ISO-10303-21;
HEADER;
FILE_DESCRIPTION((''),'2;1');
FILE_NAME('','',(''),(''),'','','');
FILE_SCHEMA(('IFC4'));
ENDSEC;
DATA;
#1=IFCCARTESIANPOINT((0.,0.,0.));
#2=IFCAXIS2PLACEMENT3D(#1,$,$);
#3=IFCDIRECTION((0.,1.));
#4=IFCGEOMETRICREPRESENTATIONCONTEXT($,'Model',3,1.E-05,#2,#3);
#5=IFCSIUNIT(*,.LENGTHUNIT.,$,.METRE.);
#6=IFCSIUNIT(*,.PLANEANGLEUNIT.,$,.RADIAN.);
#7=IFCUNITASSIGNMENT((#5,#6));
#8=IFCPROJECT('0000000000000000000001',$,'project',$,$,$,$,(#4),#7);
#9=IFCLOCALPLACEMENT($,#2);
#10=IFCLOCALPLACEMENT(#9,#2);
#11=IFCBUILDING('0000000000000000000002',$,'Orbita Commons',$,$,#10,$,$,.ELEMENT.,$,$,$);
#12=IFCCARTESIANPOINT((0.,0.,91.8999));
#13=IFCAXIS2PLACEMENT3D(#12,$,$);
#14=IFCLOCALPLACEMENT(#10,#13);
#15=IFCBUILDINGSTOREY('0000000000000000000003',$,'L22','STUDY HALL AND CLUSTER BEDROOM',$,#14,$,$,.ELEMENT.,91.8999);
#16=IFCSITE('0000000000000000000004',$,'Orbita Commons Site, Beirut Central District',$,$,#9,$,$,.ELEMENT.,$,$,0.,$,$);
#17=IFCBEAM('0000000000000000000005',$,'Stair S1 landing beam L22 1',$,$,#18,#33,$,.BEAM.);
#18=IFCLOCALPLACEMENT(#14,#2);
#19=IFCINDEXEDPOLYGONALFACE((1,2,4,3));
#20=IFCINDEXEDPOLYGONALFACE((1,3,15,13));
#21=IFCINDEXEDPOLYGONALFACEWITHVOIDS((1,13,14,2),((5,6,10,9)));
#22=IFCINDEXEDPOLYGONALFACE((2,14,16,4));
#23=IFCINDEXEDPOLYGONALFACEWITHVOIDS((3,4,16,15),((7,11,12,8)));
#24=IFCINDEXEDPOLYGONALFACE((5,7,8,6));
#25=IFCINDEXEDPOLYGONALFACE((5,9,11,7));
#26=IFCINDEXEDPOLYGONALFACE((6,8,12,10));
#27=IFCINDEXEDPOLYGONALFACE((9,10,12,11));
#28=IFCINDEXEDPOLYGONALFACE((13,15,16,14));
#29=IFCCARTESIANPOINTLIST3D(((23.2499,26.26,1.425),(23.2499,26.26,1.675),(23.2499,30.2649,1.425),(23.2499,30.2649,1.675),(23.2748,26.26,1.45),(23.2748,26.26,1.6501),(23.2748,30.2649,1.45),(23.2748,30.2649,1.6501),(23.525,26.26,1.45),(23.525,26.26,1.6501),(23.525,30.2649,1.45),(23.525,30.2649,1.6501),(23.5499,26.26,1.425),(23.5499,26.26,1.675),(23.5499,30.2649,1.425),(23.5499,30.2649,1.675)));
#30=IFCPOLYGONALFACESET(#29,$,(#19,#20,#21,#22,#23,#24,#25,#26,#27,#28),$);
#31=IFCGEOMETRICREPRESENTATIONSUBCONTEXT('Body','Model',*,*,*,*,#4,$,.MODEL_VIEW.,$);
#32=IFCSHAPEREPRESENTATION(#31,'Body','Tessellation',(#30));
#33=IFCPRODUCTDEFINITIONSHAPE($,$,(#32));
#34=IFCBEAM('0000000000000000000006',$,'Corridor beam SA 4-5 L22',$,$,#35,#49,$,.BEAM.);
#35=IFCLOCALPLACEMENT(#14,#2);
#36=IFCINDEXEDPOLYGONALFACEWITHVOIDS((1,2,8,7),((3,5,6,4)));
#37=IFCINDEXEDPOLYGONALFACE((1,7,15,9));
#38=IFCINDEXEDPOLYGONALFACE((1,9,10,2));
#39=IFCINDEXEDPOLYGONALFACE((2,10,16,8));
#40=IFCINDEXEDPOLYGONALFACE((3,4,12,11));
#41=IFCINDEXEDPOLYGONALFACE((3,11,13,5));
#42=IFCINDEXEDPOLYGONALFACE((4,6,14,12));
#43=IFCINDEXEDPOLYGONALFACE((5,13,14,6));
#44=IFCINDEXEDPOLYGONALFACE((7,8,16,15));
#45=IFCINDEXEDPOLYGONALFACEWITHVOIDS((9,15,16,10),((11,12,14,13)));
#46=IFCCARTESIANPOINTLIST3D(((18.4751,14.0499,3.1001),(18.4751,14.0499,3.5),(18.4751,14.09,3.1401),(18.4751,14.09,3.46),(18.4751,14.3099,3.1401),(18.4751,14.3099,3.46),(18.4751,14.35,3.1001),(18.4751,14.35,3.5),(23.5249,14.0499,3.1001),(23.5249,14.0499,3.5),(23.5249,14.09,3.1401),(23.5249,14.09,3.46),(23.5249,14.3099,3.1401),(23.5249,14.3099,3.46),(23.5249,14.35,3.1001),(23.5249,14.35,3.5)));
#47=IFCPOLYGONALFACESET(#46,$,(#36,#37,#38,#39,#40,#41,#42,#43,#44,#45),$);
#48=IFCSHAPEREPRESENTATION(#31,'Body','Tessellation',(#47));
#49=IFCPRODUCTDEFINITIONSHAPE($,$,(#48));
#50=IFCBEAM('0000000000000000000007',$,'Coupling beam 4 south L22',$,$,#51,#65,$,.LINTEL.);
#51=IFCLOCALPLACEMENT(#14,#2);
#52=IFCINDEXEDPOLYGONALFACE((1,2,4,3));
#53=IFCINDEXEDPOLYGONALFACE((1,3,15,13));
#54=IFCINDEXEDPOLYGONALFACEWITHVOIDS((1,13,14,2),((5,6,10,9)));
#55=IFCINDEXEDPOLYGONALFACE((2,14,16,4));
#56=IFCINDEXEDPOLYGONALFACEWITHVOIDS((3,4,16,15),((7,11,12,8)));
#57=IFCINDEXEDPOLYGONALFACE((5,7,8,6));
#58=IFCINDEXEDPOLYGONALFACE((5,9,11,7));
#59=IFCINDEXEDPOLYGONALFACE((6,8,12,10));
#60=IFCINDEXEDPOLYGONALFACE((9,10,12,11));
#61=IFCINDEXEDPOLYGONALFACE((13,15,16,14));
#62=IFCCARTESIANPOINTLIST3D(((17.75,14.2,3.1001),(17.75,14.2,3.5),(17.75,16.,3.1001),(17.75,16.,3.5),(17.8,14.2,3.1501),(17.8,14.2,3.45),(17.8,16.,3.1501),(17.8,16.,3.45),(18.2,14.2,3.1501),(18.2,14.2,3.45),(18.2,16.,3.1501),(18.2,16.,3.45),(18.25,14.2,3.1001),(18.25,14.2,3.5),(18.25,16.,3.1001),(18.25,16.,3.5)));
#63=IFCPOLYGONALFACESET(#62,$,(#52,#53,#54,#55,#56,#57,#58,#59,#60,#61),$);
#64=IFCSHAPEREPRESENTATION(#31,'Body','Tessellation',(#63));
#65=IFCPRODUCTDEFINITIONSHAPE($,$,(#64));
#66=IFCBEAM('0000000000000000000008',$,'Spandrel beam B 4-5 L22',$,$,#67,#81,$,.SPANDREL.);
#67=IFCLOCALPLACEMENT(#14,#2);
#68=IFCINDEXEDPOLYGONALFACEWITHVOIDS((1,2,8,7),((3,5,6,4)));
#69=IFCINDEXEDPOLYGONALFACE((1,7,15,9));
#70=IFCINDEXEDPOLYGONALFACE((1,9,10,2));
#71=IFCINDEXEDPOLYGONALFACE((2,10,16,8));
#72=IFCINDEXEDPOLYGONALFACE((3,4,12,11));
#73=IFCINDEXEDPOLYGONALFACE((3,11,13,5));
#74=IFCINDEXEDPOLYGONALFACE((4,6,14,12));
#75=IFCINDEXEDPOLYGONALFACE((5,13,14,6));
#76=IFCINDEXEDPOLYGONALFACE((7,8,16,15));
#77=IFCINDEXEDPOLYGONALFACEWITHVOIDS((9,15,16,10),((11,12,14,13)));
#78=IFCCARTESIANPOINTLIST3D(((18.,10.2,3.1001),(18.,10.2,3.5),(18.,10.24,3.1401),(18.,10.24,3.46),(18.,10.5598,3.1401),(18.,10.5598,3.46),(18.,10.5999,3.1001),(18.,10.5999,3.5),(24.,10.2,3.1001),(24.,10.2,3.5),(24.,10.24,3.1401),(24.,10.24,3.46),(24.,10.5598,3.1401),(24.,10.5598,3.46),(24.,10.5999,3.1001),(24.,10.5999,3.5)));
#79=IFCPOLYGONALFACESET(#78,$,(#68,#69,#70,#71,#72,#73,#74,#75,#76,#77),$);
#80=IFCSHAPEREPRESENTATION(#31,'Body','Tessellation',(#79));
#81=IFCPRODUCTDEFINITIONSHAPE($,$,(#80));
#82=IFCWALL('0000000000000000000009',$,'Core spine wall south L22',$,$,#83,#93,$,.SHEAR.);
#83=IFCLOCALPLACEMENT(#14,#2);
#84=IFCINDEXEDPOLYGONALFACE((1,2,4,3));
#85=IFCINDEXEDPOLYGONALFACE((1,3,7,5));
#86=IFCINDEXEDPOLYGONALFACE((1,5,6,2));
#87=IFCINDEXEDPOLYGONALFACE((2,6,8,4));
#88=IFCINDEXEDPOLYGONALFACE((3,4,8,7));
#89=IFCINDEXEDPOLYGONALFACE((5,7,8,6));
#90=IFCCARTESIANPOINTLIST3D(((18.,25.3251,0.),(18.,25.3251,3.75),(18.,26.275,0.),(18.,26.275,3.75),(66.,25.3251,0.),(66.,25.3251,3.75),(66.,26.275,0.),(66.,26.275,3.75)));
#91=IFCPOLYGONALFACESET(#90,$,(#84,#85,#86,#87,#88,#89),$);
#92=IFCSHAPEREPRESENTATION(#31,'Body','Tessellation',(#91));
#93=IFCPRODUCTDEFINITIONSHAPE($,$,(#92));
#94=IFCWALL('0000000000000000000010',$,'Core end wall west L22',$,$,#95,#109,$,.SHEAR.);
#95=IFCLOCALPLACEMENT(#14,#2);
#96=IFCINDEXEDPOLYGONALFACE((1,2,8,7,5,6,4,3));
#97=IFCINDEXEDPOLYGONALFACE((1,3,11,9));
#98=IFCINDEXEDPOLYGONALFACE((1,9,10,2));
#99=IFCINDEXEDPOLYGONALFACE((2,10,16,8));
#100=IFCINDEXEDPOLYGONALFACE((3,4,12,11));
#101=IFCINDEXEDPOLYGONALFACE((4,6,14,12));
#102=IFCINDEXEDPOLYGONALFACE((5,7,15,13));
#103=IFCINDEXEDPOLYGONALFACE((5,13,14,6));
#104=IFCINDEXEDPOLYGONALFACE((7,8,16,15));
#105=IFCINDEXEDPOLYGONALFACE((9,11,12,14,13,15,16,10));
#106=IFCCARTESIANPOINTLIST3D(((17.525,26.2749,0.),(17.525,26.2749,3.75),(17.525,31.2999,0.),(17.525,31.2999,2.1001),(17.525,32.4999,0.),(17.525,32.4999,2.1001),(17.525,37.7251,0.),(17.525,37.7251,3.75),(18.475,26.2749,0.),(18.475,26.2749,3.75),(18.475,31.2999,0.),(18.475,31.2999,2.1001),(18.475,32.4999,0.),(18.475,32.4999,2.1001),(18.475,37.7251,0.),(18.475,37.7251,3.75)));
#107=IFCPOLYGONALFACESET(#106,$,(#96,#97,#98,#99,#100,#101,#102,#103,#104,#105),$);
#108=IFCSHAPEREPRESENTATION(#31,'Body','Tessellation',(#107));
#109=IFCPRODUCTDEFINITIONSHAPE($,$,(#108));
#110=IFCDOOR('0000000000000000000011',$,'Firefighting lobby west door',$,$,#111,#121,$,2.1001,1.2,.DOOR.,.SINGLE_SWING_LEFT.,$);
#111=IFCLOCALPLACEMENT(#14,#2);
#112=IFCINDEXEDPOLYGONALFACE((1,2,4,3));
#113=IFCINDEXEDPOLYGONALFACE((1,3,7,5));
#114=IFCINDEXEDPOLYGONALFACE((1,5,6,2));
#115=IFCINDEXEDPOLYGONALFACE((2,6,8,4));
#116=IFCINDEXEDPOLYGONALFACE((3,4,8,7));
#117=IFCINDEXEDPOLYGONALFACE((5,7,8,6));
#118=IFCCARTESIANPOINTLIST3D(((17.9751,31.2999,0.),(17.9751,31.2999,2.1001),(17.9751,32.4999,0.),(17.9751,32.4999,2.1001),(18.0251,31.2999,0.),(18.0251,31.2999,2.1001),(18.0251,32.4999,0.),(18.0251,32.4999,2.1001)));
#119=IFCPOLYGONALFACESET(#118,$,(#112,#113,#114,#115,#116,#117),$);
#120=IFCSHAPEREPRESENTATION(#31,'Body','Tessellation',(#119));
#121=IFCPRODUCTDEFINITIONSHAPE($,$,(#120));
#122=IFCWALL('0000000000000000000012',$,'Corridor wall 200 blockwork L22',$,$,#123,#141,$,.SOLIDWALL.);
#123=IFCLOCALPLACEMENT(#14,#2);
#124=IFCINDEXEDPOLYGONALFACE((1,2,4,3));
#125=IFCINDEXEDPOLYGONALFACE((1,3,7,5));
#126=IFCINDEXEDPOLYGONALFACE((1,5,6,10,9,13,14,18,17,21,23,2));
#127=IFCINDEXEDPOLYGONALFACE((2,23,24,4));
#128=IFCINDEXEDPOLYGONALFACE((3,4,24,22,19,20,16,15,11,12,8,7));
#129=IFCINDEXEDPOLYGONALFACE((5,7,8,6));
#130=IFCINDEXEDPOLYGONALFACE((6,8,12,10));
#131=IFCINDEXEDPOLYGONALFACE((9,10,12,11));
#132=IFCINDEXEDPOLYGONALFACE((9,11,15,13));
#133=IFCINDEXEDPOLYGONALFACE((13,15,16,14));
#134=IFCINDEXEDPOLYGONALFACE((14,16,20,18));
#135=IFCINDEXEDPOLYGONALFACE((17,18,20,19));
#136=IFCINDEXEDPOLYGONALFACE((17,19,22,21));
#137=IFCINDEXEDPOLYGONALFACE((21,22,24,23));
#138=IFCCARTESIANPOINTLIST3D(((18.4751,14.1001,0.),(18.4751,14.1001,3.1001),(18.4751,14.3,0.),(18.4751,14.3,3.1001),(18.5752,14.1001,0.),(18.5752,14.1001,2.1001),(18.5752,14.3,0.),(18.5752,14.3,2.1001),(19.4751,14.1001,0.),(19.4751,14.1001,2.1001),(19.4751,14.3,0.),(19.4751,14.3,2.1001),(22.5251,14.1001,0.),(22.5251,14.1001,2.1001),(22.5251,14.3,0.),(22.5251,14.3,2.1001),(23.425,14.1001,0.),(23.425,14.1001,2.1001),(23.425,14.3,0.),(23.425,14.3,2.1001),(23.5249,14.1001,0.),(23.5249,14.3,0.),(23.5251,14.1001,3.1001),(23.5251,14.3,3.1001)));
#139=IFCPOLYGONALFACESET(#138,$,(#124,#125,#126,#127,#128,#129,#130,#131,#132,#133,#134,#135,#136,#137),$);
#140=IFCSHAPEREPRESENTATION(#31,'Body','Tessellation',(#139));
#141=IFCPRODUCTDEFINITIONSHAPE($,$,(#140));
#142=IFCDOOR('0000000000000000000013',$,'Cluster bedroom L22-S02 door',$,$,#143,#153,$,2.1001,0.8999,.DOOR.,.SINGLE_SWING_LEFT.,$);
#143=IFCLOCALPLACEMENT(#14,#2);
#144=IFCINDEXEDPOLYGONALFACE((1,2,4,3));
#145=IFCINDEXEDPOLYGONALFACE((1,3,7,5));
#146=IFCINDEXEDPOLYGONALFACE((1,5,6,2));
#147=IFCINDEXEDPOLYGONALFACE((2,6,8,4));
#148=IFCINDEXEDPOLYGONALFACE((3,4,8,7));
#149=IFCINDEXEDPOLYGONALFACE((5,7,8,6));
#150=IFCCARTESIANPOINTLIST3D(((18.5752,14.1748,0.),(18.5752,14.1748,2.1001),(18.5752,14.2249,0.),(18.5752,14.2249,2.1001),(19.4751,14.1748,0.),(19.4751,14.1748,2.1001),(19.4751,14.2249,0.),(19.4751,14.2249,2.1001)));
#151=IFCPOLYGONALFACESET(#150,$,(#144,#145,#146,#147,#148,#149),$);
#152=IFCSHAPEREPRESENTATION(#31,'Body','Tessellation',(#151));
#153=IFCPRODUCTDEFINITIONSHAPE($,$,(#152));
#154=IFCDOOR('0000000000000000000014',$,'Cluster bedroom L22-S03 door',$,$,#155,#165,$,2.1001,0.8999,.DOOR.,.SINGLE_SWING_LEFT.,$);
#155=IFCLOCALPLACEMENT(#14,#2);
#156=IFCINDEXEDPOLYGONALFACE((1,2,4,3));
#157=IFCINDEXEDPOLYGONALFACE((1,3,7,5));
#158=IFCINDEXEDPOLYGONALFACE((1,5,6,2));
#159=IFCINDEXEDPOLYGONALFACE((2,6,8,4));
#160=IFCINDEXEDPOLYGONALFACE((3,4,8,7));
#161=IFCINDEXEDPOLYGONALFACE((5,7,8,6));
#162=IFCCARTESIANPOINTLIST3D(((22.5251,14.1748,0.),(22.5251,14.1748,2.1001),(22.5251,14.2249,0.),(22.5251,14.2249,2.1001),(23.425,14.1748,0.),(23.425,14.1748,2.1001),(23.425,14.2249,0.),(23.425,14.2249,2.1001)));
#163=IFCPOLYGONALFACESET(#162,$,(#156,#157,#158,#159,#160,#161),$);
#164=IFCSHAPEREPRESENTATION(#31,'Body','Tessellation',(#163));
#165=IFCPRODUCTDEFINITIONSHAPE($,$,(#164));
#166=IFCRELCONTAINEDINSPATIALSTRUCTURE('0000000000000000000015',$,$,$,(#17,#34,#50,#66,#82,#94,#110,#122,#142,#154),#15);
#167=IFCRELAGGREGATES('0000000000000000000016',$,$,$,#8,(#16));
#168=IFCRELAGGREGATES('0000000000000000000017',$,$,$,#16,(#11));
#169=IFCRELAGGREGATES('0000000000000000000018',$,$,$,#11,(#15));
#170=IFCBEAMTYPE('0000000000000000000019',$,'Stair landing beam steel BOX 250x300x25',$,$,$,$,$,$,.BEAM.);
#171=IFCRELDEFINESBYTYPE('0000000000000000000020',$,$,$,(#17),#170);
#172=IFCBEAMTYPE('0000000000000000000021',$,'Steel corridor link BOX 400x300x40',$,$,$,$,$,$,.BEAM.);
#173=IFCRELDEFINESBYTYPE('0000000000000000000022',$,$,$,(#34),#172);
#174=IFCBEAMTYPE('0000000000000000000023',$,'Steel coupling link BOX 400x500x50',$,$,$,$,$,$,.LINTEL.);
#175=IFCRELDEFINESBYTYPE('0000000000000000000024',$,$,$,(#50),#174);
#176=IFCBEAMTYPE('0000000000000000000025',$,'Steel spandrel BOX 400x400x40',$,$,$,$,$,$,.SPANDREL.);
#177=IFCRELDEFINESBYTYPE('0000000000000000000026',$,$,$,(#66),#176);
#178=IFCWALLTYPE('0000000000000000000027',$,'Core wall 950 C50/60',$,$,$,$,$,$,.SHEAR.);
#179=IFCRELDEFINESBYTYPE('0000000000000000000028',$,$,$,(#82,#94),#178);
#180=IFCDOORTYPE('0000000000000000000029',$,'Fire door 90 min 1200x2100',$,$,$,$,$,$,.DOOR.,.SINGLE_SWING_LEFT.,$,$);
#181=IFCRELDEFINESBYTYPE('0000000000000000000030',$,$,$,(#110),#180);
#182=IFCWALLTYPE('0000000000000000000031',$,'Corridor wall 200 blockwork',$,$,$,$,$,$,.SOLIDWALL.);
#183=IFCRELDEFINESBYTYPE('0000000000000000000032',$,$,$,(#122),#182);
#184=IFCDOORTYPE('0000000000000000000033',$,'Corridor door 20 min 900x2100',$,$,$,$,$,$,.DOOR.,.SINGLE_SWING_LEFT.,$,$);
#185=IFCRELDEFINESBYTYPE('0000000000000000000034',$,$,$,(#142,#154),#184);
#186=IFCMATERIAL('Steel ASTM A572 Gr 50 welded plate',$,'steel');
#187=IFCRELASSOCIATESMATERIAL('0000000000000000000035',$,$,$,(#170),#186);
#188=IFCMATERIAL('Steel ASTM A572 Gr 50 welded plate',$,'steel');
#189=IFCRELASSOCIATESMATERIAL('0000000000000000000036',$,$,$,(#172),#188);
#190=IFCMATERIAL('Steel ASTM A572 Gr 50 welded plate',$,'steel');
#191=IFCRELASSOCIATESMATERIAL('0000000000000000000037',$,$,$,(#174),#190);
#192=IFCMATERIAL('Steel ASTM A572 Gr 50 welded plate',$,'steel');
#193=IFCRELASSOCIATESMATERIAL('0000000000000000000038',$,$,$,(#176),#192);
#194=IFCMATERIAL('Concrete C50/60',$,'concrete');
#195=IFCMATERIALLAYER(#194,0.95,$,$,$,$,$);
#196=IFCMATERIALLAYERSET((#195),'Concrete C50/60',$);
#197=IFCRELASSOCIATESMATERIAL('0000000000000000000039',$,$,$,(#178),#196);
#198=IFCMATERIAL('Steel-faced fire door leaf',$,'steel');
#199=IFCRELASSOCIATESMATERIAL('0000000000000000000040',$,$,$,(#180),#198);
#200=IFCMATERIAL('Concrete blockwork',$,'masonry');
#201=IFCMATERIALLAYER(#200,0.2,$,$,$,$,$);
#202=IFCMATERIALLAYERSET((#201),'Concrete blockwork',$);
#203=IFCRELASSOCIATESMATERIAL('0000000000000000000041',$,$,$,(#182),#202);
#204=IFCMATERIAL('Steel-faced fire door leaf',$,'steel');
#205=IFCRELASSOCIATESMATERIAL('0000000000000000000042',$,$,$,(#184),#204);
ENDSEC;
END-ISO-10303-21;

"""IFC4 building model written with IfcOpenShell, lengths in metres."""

from ifc_helpers import new_model, si_unit, direction, frame, frame_2d, origin, origin_2d, place, context, subcontext, project, spatial, polyline, rectangle, hollow_rectangle, outline, extrude, material, layer, layer_set, material_profile, profile_set, type_object, element, fill, save


model = new_model("IFC4")

# Units and contexts
model_context = context("Model", 3, precision=1e-05, world=origin(), true_north=direction((0.0, 1.0)))
body_context = subcontext(model_context, "Body", "Model", "MODEL_VIEW")
ifc_project = project(units=[si_unit("LENGTHUNIT", "METRE"), si_unit("PLANEANGLEUNIT", "RADIAN")], contexts=[model_context])

# Site, building, storey
site_placement = place(None, origin())
site = spatial("IfcSite", under=ifc_project, at=site_placement, Name="Orbita Commons Site, Beirut Central District", CompositionType="ELEMENT", RefElevation=0.0)
building_placement = place(site_placement, origin())
building = spatial("IfcBuilding", under=site, at=building_placement, Name="Orbita Commons", CompositionType="ELEMENT")
storey_placement = place(building_placement, frame((0.0, 0.0, 91.8999)))
storey = spatial("IfcBuildingStorey", under=building, at=storey_placement, Name="L22", Description="STUDY HALL AND CLUSTER BEDROOM", CompositionType="ELEMENT", Elevation=91.8999)

# Beams
ifc_material_1 = material(Name="Steel ASTM A572 Gr 50 welded plate", Category="steel")
ifc_material_profile_1 = material_profile(ifc_material_1, hollow_rectangle(XDim=0.3, YDim=0.25, WallThickness=0.0249, at=origin_2d()), Name="BOX 250x300x25")
ifc_profile_set_1 = profile_set([ifc_material_profile_1], Name="Steel ASTM A572 Gr 50 welded plate")
beam_type_1 = type_object("IfcBeamType", Name="Stair landing beam steel BOX 250x300x25", PredefinedType="BEAM", material=ifc_profile_set_1)
beam_1_placement = place(storey_placement, frame((23.3999, 26.26, 1.55), z_axis=(0.0, 1.0, 0.0), x_axis=(-1.0, 0.0, 0.0)))
element("IfcBeam", 1, at=beam_1_placement, inside=storey, type_object=beam_type_1, Name="Stair S1 landing beam L22 1", PredefinedType="BEAM", context=body_context, shape_type="SweptSolid", body=[
    extrude(hollow_rectangle(XDim=0.3, YDim=0.25, WallThickness=0.0249, at=origin_2d()), origin(), (0.0, 0.0, 1.0), 4.0049),
])
ifc_material_2 = material(Name="Steel ASTM A572 Gr 50 welded plate", Category="steel")
ifc_material_profile_2 = material_profile(ifc_material_2, hollow_rectangle(XDim=0.3, YDim=0.3999, WallThickness=0.04, at=origin_2d()), Name="BOX 400x300x40")
ifc_profile_set_2 = profile_set([ifc_material_profile_2], Name="Steel ASTM A572 Gr 50 welded plate")
beam_type_2 = type_object("IfcBeamType", Name="Steel corridor link BOX 400x300x40", PredefinedType="BEAM", material=ifc_profile_set_2)
beam_2_placement = place(storey_placement, frame((18.4751, 14.2, 3.3), z_axis=(1.0, 0.0, 0.0), x_axis=(0.0, 1.0, 0.0)))
element("IfcBeam", 2, at=beam_2_placement, inside=storey, type_object=beam_type_2, Name="Corridor beam SA 4-5 L22", PredefinedType="BEAM", context=body_context, shape_type="SweptSolid", body=[
    extrude(hollow_rectangle(XDim=0.3, YDim=0.3999, WallThickness=0.04, at=origin_2d()), origin(), (0.0, 0.0, 1.0), 5.0498),
])
ifc_material_3 = material(Name="Steel ASTM A572 Gr 50 welded plate", Category="steel")
ifc_material_profile_3 = material_profile(ifc_material_3, hollow_rectangle(XDim=0.5, YDim=0.3999, WallThickness=0.05, at=origin_2d()), Name="BOX 400x500x50")
ifc_profile_set_3 = profile_set([ifc_material_profile_3], Name="Steel ASTM A572 Gr 50 welded plate")
beam_type_3 = type_object("IfcBeamType", Name="Steel coupling link BOX 400x500x50", PredefinedType="LINTEL", material=ifc_profile_set_3)
beam_3_placement = place(storey_placement, frame((18.0, 14.2, 3.3), z_axis=(0.0, 1.0, 0.0), x_axis=(-1.0, 0.0, 0.0)))
element("IfcBeam", 3, at=beam_3_placement, inside=storey, type_object=beam_type_3, Name="Coupling beam 4 south L22", PredefinedType="LINTEL", context=body_context, shape_type="SweptSolid", body=[
    extrude(hollow_rectangle(XDim=0.5, YDim=0.3999, WallThickness=0.05, at=origin_2d()), origin(), (0.0, 0.0, 1.0), 1.8),
])
ifc_material_4 = material(Name="Steel ASTM A572 Gr 50 welded plate", Category="steel")
ifc_material_profile_4 = material_profile(ifc_material_4, hollow_rectangle(XDim=0.3999, YDim=0.3999, WallThickness=0.04, at=origin_2d()), Name="BOX 400x400x40")
ifc_profile_set_4 = profile_set([ifc_material_profile_4], Name="Steel ASTM A572 Gr 50 welded plate")
beam_type_4 = type_object("IfcBeamType", Name="Steel spandrel BOX 400x400x40", PredefinedType="SPANDREL", material=ifc_profile_set_4)
beam_4_placement = place(storey_placement, frame((18.0, 10.3999, 3.3), z_axis=(1.0, 0.0, 0.0), x_axis=(0.0, 1.0, 0.0)))
element("IfcBeam", 4, at=beam_4_placement, inside=storey, type_object=beam_type_4, Name="Spandrel beam B 4-5 L22", PredefinedType="SPANDREL", context=body_context, shape_type="SweptSolid", body=[
    extrude(hollow_rectangle(XDim=0.3999, YDim=0.3999, WallThickness=0.04, at=origin_2d()), origin(), (0.0, 0.0, 1.0), 6.0),
])

# Wall
ifc_material_5 = material(Name="Concrete C50/60", Category="concrete")
ifc_layer_1 = layer(ifc_material_5, 0.95)
ifc_layer_set_1 = layer_set([ifc_layer_1], Name="Concrete C50/60")
wall_type_1 = type_object("IfcWallType", Name="Core wall 950 C50/60", PredefinedType="SHEAR", material=ifc_layer_set_1)
wall_1_placement = place(storey_placement, frame((18.0, 25.8, 0.0), z_axis=(0.0, 0.0, 1.0), x_axis=(1.0, 0.0, 0.0)))
element("IfcWall", 5, at=wall_1_placement, inside=storey, type_object=wall_type_1, Name="Core spine wall south L22", PredefinedType="SHEAR", context=body_context, shape_type="SweptSolid", body=[
    extrude(rectangle(XDim=48.0, YDim=0.95, at=frame_2d((24.0, 0.0))), origin(), (0.0, 0.0, 1.0), 3.75),
])

# Wall, opening, door
wall_2_placement = place(storey_placement, frame((18.0, 26.2749, 0.0), z_axis=(0.0, 0.0, 1.0), x_axis=(0.0, 1.0, 0.0)))
wall_2 = element("IfcWall", 6, at=wall_2_placement, inside=storey, type_object=wall_type_1, Name="Core end wall west L22", PredefinedType="SHEAR", context=body_context, shape_type="SweptSolid", body=[
    extrude(rectangle(XDim=11.4502, YDim=0.95, at=frame_2d((5.7251, 0.0))), origin(), (0.0, 0.0, 1.0), 3.75),
])
opening_1_placement = place(wall_2_placement, frame((5.0249, 0.0, 0.0)))
opening_1 = element("IfcOpeningElement", 7, at=opening_1_placement, cuts=wall_2, PredefinedType="OPENING", context=body_context, shape_type="SweptSolid", body=[
    extrude(rectangle(XDim=1.2, YDim=2.1001, at=frame_2d((0.6001, 1.05))), frame((0.0, 0.4849, 0.0), z_axis=(0.0, -1.0, 0.0), x_axis=(1.0, 0.0, 0.0)), (0.0, 0.0, 1.0), 0.97),
])
ifc_material_6 = material(Name="Steel-faced fire door leaf", Category="steel")
door_type_1 = type_object("IfcDoorType", Name="Fire door 90 min 1200x2100", OperationType="SINGLE_SWING_LEFT", PredefinedType="DOOR", material=ifc_material_6)
door_1_placement = place(opening_1_placement, origin())
door_1 = element("IfcDoor", 8, at=door_1_placement, inside=storey, type_object=door_type_1, Name="Firefighting lobby west door", OperationType="SINGLE_SWING_LEFT", OverallHeight=2.1001, OverallWidth=1.2, PredefinedType="DOOR", context=body_context, shape_type="SweptSolid", body=[
    extrude(rectangle(XDim=1.2, YDim=2.1001, at=frame_2d((0.6001, 1.05))), frame((0.0, 0.0249, 0.0), z_axis=(0.0, -1.0, 0.0), x_axis=(1.0, 0.0, 0.0)), (0.0, 0.0, 1.0), 0.05),
])
fill(opening_1, door_1)

# Wall, openings, doors
ifc_material_7 = material(Name="Concrete blockwork", Category="masonry")
ifc_layer_2 = layer(ifc_material_7, 0.2)
ifc_layer_set_2 = layer_set([ifc_layer_2], Name="Concrete blockwork")
wall_type_2 = type_object("IfcWallType", Name="Corridor wall 200 blockwork", PredefinedType="SOLIDWALL", material=ifc_layer_set_2)
wall_3_placement = place(storey_placement, frame((18.4751, 14.2, 0.0), z_axis=(0.0, 0.0, 1.0), x_axis=(1.0, 0.0, 0.0)))
wall_3 = element("IfcWall", 9, at=wall_3_placement, inside=storey, type_object=wall_type_2, Name="Corridor wall 200 blockwork L22", PredefinedType="SOLIDWALL", context=body_context, shape_type="SweptSolid", body=[
    extrude(outline(polyline([(0.0, 0.0), (5.0498, 0.0), (5.05, 3.1001), (0.0, 3.1001), (0.0, 0.0)])), frame((0.0, 0.1001, 0.0), z_axis=(0.0, -1.0, 0.0), x_axis=(1.0, 0.0, 0.0)), (0.0, 0.0, 1.0), 0.2),
])
opening_2_placement = place(wall_3_placement, frame((0.1001, 0.0, 0.0)))
opening_2 = element("IfcOpeningElement", 10, at=opening_2_placement, cuts=wall_3, PredefinedType="OPENING", context=body_context, shape_type="SweptSolid", body=[
    extrude(rectangle(XDim=0.8999, YDim=2.1001, at=frame_2d((0.45, 1.05))), frame((0.0, 0.1099, 0.0), z_axis=(0.0, -1.0, 0.0), x_axis=(1.0, 0.0, 0.0)), (0.0, 0.0, 1.0), 0.22),
])
opening_3_placement = place(wall_3_placement, frame((4.05, 0.0, 0.0)))
opening_3 = element("IfcOpeningElement", 11, at=opening_3_placement, cuts=wall_3, PredefinedType="OPENING", context=body_context, shape_type="SweptSolid", body=[
    extrude(rectangle(XDim=0.8999, YDim=2.1001, at=frame_2d((0.45, 1.05))), frame((0.0, 0.1099, 0.0), z_axis=(0.0, -1.0, 0.0), x_axis=(1.0, 0.0, 0.0)), (0.0, 0.0, 1.0), 0.22),
])
ifc_material_8 = material(Name="Steel-faced fire door leaf", Category="steel")
door_type_2 = type_object("IfcDoorType", Name="Corridor door 20 min 900x2100", OperationType="SINGLE_SWING_LEFT", PredefinedType="DOOR", material=ifc_material_8)
door_2_placement = place(opening_2_placement, origin())
door_2 = element("IfcDoor", 12, at=door_2_placement, inside=storey, type_object=door_type_2, Name="Cluster bedroom L22-S02 door", OperationType="SINGLE_SWING_LEFT", OverallHeight=2.1001, OverallWidth=0.8999, PredefinedType="DOOR", context=body_context, shape_type="SweptSolid", body=[
    extrude(rectangle(XDim=0.8999, YDim=2.1001, at=frame_2d((0.45, 1.05))), frame((0.0, 0.0249, 0.0), z_axis=(0.0, -1.0, 0.0), x_axis=(1.0, 0.0, 0.0)), (0.0, 0.0, 1.0), 0.05),
])
fill(opening_2, door_2)
door_3_placement = place(opening_3_placement, origin())
door_3 = element("IfcDoor", 13, at=door_3_placement, inside=storey, type_object=door_type_2, Name="Cluster bedroom L22-S03 door", OperationType="SINGLE_SWING_LEFT", OverallHeight=2.1001, OverallWidth=0.8999, PredefinedType="DOOR", context=body_context, shape_type="SweptSolid", body=[
    extrude(rectangle(XDim=0.8999, YDim=2.1001, at=frame_2d((0.45, 1.05))), frame((0.0, 0.0249, 0.0), z_axis=(0.0, -1.0, 0.0), x_axis=(1.0, 0.0, 0.0)), (0.0, 0.0, 1.0), 0.05),
])
fill(opening_3, door_3)

save(model, "model.ifc")
